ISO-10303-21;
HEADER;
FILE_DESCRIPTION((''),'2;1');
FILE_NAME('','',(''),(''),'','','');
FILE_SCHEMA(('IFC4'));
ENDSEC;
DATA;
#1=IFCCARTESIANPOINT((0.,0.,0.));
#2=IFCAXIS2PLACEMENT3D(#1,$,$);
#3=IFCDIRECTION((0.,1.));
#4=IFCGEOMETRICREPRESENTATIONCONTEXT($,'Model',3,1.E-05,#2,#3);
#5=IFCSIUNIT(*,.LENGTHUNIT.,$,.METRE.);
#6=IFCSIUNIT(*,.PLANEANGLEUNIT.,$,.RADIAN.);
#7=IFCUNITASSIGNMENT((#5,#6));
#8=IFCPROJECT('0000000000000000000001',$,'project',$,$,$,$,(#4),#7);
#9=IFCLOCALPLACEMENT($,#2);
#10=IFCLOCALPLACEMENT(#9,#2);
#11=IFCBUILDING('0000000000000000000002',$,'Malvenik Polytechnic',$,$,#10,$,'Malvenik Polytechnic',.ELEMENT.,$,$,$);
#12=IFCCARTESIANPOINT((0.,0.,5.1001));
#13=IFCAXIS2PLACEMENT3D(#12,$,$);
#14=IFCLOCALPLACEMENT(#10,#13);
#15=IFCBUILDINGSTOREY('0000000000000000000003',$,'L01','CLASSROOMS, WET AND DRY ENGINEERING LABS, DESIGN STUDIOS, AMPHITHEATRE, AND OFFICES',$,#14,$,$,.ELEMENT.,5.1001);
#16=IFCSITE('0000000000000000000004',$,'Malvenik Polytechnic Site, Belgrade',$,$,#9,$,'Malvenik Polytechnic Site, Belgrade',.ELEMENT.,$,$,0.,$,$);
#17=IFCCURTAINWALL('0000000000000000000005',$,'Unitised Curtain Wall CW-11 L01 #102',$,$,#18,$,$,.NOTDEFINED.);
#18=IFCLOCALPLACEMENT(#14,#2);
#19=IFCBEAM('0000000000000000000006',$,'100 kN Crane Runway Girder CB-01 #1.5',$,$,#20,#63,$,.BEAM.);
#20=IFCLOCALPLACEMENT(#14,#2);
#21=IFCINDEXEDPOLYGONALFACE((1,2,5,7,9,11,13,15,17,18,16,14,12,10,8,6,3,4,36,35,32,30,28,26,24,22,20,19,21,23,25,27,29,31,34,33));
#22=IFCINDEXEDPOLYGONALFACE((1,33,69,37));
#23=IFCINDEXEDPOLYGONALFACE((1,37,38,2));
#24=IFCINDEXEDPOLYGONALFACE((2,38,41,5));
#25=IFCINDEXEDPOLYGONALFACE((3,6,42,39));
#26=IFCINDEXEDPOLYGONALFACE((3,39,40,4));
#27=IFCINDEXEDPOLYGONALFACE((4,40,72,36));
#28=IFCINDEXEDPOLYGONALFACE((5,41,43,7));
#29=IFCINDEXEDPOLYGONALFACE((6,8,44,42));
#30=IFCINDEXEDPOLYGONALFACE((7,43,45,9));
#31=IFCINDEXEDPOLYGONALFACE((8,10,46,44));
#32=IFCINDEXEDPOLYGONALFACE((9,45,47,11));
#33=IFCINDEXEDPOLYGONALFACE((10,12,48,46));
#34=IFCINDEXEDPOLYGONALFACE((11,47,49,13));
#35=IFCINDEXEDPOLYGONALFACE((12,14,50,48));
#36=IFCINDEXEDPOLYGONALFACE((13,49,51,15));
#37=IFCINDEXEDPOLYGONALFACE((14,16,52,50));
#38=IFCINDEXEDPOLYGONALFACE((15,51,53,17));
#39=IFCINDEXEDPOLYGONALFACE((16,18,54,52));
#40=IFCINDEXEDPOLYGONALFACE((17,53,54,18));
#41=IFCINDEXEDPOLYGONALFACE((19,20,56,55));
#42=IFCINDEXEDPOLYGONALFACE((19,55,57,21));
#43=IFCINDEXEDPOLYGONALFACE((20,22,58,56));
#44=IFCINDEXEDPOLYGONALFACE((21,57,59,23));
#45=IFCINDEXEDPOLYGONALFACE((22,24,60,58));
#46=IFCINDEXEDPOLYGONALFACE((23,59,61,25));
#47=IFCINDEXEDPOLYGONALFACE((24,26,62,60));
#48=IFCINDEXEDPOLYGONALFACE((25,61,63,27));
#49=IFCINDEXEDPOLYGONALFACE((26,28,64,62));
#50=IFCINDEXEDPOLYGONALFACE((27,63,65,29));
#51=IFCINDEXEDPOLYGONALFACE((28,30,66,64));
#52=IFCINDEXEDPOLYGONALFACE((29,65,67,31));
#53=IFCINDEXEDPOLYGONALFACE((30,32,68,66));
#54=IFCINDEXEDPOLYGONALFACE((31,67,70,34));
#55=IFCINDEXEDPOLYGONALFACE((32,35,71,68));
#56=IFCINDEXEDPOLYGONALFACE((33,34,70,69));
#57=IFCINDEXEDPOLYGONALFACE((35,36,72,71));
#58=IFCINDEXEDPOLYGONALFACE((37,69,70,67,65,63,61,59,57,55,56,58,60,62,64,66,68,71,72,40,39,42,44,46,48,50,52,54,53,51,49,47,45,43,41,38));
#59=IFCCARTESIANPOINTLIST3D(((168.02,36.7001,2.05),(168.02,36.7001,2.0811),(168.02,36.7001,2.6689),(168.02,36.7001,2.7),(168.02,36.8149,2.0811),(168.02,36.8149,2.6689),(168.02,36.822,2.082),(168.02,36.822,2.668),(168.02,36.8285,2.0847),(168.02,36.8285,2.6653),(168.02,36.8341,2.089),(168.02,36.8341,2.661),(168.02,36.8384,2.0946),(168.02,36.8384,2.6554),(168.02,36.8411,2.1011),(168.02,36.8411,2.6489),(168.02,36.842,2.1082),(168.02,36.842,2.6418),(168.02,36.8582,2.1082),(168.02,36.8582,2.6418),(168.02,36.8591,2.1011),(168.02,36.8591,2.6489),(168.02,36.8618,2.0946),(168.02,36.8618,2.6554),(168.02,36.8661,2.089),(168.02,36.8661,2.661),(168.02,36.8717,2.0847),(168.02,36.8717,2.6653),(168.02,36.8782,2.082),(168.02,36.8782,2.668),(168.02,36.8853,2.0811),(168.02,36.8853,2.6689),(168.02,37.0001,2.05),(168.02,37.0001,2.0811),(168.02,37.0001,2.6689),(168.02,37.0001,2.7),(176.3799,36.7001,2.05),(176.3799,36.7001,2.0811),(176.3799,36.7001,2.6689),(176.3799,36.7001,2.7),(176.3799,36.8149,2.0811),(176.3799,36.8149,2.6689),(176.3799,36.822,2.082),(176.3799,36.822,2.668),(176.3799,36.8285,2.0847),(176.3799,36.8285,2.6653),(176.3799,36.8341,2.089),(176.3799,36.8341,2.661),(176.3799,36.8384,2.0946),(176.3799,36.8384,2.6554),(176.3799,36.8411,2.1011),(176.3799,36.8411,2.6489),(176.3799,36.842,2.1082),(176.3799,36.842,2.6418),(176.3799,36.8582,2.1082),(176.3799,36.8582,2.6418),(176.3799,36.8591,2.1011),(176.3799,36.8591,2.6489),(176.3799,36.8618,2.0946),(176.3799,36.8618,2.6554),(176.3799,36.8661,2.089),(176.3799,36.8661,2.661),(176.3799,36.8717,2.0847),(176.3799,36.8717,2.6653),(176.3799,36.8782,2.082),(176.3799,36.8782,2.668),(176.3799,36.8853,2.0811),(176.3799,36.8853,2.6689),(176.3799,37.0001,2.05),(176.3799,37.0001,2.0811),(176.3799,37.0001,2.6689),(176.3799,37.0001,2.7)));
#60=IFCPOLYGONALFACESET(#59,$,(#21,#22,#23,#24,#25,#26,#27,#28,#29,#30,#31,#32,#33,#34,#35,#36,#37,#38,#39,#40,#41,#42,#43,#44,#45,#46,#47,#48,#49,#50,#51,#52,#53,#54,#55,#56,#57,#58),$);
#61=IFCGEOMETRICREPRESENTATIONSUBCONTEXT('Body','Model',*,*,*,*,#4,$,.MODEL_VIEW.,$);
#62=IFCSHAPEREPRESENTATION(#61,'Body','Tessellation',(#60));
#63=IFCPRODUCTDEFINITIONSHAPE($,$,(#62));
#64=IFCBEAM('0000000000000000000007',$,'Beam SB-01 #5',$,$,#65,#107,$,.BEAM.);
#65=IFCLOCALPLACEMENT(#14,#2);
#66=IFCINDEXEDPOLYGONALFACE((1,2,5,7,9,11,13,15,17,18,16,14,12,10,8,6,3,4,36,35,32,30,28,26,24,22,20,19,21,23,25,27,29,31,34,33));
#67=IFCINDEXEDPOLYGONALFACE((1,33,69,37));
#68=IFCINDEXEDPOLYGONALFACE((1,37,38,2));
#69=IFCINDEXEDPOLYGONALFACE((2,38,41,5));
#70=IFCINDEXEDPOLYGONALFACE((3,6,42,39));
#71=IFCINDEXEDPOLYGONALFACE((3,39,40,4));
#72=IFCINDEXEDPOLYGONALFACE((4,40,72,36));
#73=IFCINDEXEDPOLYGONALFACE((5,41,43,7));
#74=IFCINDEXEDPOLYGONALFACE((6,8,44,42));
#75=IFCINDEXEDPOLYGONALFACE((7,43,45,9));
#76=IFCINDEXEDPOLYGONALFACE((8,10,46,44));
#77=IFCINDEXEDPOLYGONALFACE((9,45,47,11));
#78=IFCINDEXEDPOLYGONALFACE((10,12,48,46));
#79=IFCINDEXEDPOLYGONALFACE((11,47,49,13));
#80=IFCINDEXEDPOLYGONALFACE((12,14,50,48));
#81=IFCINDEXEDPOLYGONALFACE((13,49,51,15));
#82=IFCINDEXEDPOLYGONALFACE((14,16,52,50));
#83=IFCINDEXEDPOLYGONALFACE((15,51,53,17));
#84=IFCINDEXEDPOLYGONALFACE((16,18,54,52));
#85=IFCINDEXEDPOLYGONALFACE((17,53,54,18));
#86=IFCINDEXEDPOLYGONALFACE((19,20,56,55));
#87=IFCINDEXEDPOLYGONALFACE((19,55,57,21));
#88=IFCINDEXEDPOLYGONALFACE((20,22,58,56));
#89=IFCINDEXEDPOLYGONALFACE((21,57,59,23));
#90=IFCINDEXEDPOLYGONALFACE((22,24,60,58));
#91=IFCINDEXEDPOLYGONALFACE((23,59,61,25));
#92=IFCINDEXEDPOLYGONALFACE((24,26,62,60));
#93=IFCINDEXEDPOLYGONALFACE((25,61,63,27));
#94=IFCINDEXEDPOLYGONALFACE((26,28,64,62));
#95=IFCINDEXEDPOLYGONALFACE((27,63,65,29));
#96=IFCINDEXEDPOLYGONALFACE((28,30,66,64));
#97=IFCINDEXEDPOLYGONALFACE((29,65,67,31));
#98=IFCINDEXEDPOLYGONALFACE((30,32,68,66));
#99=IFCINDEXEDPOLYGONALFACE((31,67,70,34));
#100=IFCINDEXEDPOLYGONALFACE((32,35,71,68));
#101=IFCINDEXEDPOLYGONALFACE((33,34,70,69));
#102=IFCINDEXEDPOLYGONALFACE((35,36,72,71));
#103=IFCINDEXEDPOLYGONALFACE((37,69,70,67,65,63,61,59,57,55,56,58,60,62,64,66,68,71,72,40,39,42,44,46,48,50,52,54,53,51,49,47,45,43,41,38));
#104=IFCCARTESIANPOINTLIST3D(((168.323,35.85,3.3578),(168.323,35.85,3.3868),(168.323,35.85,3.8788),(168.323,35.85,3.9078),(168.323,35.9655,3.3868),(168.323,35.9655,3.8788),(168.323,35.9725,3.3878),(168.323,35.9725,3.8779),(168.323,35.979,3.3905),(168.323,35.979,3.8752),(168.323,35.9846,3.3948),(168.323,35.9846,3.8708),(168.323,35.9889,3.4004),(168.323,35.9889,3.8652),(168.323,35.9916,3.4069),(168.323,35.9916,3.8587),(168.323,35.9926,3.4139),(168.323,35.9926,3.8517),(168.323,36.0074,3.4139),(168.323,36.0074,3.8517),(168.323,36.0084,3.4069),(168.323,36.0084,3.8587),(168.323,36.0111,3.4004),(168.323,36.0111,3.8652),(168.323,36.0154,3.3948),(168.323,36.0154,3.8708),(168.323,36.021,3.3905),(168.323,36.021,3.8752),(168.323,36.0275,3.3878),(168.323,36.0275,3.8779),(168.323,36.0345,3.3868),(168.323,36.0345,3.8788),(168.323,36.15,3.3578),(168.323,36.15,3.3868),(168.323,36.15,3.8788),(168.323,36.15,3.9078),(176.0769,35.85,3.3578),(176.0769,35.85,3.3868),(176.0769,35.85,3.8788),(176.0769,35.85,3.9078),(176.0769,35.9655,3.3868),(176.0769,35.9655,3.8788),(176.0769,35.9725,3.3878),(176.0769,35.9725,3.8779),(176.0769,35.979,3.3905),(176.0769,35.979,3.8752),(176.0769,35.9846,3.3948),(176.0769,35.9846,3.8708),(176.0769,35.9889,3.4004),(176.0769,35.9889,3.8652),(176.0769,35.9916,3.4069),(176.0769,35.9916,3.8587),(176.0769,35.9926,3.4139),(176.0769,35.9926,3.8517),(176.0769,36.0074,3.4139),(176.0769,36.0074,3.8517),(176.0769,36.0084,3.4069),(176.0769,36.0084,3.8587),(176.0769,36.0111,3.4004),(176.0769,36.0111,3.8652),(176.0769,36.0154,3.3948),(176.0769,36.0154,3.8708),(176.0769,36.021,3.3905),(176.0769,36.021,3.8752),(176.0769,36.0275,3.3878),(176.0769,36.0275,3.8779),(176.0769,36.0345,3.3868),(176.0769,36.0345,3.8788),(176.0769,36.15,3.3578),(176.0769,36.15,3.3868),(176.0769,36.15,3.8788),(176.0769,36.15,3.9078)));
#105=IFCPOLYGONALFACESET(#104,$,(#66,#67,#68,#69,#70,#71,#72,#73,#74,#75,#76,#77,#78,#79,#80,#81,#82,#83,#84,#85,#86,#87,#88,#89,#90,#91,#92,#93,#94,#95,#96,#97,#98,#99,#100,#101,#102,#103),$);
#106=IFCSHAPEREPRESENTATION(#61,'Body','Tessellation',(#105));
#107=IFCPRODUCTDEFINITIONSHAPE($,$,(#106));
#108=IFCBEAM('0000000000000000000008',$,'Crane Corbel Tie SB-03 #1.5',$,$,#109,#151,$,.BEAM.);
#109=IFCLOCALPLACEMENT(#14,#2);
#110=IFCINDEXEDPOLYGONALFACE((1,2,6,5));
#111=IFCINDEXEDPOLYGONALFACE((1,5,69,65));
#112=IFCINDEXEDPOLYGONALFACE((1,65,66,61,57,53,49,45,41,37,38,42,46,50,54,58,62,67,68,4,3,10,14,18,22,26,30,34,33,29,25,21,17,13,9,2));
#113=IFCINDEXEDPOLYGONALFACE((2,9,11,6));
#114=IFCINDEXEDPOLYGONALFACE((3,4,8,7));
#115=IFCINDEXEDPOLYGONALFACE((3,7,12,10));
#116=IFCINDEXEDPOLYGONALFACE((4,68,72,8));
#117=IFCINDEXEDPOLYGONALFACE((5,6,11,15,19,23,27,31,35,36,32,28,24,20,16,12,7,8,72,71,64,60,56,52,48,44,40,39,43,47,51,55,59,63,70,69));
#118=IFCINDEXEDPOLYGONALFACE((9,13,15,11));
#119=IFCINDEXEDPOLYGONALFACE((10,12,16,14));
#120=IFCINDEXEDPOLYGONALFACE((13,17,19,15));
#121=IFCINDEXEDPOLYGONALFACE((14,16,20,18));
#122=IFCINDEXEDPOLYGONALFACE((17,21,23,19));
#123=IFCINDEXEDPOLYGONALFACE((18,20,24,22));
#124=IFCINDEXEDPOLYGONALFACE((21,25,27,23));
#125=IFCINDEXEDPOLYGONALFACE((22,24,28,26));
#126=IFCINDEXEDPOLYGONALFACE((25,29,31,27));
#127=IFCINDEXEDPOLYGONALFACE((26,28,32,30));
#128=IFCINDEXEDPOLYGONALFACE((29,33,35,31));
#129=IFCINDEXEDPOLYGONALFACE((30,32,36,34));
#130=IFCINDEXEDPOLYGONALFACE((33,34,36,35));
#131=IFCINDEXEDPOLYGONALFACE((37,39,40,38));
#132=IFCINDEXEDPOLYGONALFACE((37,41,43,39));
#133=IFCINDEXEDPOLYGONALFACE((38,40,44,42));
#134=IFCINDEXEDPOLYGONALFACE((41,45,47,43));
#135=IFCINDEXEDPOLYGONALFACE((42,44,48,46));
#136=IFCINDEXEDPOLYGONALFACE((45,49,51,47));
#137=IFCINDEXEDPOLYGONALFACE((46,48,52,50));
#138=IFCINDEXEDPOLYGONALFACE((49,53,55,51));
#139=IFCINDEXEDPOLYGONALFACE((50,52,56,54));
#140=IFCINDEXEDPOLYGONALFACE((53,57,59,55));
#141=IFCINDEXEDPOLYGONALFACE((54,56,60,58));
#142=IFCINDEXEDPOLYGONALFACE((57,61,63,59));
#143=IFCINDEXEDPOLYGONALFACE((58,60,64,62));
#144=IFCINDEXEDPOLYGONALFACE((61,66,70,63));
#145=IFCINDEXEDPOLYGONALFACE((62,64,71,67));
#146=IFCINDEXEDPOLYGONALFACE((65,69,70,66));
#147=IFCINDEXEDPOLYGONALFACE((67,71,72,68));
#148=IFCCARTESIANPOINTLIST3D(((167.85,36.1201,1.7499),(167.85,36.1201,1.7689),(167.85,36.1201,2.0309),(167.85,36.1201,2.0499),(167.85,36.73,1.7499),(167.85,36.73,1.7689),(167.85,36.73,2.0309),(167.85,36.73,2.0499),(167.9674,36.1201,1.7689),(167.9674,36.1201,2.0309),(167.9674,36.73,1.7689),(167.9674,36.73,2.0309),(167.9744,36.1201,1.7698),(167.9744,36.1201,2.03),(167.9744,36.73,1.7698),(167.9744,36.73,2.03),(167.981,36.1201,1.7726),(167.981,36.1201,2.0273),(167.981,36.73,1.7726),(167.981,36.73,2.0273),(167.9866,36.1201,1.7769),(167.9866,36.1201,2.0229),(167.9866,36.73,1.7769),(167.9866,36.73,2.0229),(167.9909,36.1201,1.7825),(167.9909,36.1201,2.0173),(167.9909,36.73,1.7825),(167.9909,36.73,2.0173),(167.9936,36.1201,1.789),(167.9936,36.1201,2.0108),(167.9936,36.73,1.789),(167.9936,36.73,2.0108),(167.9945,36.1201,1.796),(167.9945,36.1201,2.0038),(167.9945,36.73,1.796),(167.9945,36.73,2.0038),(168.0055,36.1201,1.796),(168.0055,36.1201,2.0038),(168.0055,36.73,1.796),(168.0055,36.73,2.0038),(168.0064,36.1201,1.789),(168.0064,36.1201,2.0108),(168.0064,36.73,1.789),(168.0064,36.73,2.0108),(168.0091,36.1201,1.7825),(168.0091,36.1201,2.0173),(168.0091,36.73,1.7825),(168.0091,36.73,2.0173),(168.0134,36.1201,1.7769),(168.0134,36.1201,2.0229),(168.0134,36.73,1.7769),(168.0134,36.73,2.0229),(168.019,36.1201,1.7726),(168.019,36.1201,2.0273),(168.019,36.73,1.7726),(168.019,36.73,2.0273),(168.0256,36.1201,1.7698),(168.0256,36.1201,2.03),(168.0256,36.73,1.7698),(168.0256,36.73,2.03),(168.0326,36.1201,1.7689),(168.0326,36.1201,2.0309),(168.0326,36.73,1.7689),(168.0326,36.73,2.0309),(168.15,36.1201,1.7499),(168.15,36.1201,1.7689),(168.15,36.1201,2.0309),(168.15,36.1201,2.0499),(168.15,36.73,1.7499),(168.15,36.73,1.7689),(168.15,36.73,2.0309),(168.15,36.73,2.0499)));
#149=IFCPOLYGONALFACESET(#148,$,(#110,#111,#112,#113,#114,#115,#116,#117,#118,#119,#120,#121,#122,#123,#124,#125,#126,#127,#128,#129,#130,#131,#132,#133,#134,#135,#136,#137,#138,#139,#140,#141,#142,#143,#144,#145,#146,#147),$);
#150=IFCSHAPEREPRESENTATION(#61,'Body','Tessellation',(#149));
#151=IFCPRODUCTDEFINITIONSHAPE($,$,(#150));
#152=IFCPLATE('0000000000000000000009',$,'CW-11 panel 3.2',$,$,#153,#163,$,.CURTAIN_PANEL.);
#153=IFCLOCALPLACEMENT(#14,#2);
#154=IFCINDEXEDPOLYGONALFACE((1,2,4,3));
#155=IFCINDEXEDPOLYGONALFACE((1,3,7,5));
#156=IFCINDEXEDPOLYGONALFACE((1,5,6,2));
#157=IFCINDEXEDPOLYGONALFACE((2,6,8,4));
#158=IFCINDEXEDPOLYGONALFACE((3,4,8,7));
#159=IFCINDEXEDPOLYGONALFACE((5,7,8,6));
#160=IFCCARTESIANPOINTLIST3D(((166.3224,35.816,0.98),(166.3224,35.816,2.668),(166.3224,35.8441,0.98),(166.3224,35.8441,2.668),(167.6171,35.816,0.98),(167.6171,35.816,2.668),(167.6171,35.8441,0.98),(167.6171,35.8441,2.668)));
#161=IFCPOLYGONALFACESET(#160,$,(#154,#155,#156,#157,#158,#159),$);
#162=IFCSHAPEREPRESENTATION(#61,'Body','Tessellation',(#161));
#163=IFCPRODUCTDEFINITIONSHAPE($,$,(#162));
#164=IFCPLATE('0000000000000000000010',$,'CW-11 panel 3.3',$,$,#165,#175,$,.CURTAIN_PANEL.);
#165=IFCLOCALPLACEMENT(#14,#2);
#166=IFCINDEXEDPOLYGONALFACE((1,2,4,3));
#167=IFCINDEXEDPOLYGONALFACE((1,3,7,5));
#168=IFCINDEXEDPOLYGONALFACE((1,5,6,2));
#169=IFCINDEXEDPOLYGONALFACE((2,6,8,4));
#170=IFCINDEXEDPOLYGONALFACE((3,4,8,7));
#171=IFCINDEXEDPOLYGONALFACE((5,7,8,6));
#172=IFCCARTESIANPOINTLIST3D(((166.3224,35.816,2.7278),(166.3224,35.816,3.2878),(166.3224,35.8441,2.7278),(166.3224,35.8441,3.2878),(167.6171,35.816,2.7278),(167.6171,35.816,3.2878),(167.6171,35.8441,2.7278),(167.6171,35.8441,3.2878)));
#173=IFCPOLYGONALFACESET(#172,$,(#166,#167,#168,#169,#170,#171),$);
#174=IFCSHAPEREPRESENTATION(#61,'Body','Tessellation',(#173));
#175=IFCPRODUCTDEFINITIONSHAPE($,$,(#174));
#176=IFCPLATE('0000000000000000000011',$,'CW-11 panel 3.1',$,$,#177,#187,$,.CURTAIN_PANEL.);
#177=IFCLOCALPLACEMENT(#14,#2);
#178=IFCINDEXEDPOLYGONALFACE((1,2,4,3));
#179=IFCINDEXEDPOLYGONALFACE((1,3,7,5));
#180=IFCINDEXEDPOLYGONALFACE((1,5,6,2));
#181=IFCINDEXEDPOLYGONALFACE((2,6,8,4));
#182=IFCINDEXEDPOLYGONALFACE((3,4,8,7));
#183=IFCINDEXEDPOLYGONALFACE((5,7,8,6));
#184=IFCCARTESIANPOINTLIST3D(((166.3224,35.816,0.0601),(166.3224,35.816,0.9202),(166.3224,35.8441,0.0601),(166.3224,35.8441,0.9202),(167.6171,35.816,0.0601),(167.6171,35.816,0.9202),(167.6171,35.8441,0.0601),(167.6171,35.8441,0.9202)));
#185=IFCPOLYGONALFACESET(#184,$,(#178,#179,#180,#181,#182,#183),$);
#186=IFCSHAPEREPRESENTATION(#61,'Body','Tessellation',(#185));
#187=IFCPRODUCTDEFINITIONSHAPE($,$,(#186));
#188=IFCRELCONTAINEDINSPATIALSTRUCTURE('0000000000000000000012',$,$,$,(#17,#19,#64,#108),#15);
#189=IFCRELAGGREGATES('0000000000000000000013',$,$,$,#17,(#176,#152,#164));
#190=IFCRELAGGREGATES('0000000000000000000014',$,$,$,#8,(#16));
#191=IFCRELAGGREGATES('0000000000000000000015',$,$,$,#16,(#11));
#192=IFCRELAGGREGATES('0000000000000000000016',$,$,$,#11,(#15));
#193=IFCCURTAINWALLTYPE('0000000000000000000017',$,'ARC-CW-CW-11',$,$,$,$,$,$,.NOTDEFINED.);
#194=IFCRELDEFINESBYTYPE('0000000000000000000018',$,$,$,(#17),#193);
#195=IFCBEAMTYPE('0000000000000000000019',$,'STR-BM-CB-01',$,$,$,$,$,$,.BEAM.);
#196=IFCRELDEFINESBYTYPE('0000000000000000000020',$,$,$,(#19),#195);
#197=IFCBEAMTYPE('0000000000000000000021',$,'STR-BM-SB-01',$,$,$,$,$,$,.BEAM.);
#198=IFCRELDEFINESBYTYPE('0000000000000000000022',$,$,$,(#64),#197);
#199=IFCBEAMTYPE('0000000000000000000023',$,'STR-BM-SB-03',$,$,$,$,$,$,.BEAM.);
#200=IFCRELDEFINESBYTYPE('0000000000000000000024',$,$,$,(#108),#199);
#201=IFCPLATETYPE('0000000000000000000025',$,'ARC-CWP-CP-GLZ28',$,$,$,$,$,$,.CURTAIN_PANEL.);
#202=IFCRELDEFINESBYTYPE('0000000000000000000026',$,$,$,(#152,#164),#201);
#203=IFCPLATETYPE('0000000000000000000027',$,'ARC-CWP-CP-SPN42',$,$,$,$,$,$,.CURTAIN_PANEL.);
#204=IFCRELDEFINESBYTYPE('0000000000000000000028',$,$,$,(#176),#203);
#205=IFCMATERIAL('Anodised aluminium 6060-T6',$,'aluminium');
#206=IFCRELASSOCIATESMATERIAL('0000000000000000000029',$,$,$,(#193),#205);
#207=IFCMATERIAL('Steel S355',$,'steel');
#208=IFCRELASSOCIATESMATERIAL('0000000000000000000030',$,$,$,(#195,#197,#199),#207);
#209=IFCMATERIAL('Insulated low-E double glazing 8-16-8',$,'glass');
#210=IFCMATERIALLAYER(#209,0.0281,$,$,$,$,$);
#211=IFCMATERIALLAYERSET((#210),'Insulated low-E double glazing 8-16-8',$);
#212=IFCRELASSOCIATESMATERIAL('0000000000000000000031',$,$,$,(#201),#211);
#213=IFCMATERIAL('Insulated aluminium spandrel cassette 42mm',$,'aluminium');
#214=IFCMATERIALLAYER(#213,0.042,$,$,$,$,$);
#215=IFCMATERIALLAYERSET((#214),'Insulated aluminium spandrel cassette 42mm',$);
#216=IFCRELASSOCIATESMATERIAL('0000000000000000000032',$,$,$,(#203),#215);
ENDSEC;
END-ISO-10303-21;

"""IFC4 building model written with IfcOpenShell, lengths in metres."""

from ifc_helpers import new_model, si_unit, direction, frame, origin, origin_2d, place, context, subcontext, project, spatial, rectangle, i_section, extrude, material, layer, layer_set, material_profile, profile_set, type_object, element, aggregate, save


model = new_model("IFC4")

# Units and contexts
model_context = context("Model", 3, precision=1e-05, world=origin(), true_north=direction((0.0, 1.0)))
body_context = subcontext(model_context, "Body", "Model", "MODEL_VIEW")
ifc_project = project(units=[si_unit("LENGTHUNIT", "METRE"), si_unit("PLANEANGLEUNIT", "RADIAN")], contexts=[model_context])

# Site, building, storey
site_placement = place(None, origin())
site = spatial("IfcSite", under=ifc_project, at=site_placement, Name="Malvenik Polytechnic Site, Belgrade", LongName="Malvenik Polytechnic Site, Belgrade", CompositionType="ELEMENT", RefElevation=0.0)
building_placement = place(site_placement, origin())
building = spatial("IfcBuilding", under=site, at=building_placement, Name="Malvenik Polytechnic", LongName="Malvenik Polytechnic", CompositionType="ELEMENT")
storey_placement = place(building_placement, frame((0.0, 0.0, 5.1001)))
storey = spatial("IfcBuildingStorey", under=building, at=storey_placement, Name="L01", Description="CLASSROOMS, WET AND DRY ENGINEERING LABS, DESIGN STUDIOS, AMPHITHEATRE, AND OFFICES", CompositionType="ELEMENT", Elevation=5.1001)

# Shared definitions
ifc_material_1 = material(Name="Anodised aluminium 6060-T6", Category="aluminium")

# Curtain wall
curtain_wall_type_1 = type_object("IfcCurtainWallType", Name="ARC-CW-CW-11", PredefinedType="NOTDEFINED", material=ifc_material_1)
curtain_wall_1_placement = place(storey_placement, origin())
curtain_wall_1 = element("IfcCurtainWall", 1, at=curtain_wall_1_placement, inside=storey, type_object=curtain_wall_type_1, Name="Unitised Curtain Wall CW-11 L01 #102", PredefinedType="NOTDEFINED")

# Beams
ifc_material_2 = material(Name="Steel S355", Category="steel")
ifc_material_profile_1 = material_profile(ifc_material_2, i_section(OverallWidth=0.3, OverallDepth=0.6499, WebThickness=0.0161, FlangeThickness=0.031, FilletRadius=0.0271, at=origin_2d()), Name="HEB 650")
ifc_profile_set_1 = profile_set([ifc_material_profile_1], Name="Steel S355")
beam_type_1 = type_object("IfcBeamType", Name="STR-BM-CB-01", PredefinedType="BEAM", material=ifc_profile_set_1)
beam_1_placement = place(storey_placement, frame((168.02, 36.8501, 2.375), z_axis=(1.0, 0.0, 0.0), x_axis=(0.0, 1.0, 0.0)))
element("IfcBeam", 2, at=beam_1_placement, inside=storey, type_object=beam_type_1, Name="100 kN Crane Runway Girder CB-01 #1.5", PredefinedType="BEAM", context=body_context, shape_type="SweptSolid", body=[
    extrude(i_section(OverallWidth=0.3, OverallDepth=0.6499, WebThickness=0.0161, FlangeThickness=0.031, FilletRadius=0.0271, at=origin_2d()), origin(), (0.0, 0.0, 1.0), 8.3599),
])
ifc_material_profile_2 = material_profile(ifc_material_2, i_section(OverallWidth=0.3, OverallDepth=0.55, WebThickness=0.0149, FlangeThickness=0.0291, FilletRadius=0.0271, at=origin_2d()), Name="HEB 550")
ifc_profile_set_2 = profile_set([ifc_material_profile_2], Name="Steel S355")
beam_type_2 = type_object("IfcBeamType", Name="STR-BM-SB-01", PredefinedType="BEAM", material=ifc_profile_set_2)
beam_2_placement = place(storey_placement, frame((168.323, 36.0, 3.6328), z_axis=(1.0, 0.0, 0.0), x_axis=(0.0, 1.0, 0.0)))
element("IfcBeam", 3, at=beam_2_placement, inside=storey, type_object=beam_type_2, Name="Beam SB-01 #5", PredefinedType="BEAM", context=body_context, shape_type="SweptSolid", body=[
    extrude(i_section(OverallWidth=0.3, OverallDepth=0.55, WebThickness=0.0149, FlangeThickness=0.0291, FilletRadius=0.0271, at=origin_2d()), origin(), (0.0, 0.0, 1.0), 7.7539),
])
ifc_material_profile_3 = material_profile(ifc_material_2, i_section(OverallWidth=0.3, OverallDepth=0.3, WebThickness=0.011, FlangeThickness=0.019, FilletRadius=0.0271, at=origin_2d()), Name="HEB 300")
ifc_profile_set_3 = profile_set([ifc_material_profile_3], Name="Steel S355")
beam_type_3 = type_object("IfcBeamType", Name="STR-BM-SB-03", PredefinedType="BEAM", material=ifc_profile_set_3)
beam_3_placement = place(storey_placement, frame((168.0, 36.1201, 1.8999), z_axis=(0.0, 1.0, 0.0), x_axis=(-1.0, 0.0, 0.0)))
element("IfcBeam", 4, at=beam_3_placement, inside=storey, type_object=beam_type_3, Name="Crane Corbel Tie SB-03 #1.5", PredefinedType="BEAM", context=body_context, shape_type="SweptSolid", body=[
    extrude(i_section(OverallWidth=0.3, OverallDepth=0.3, WebThickness=0.011, FlangeThickness=0.019, FilletRadius=0.0271, at=origin_2d()), origin(), (0.0, 0.0, 1.0), 0.6099),
])

# Plates
ifc_material_3 = material(Name="Insulated low-E double glazing 8-16-8", Category="glass")
ifc_layer_1 = layer(ifc_material_3, 0.0281)
ifc_layer_set_1 = layer_set([ifc_layer_1], Name="Insulated low-E double glazing 8-16-8")
plate_type_1 = type_object("IfcPlateType", Name="ARC-CWP-CP-GLZ28", PredefinedType="CURTAIN_PANEL", material=ifc_layer_set_1)
plate_1_placement = place(storey_placement, frame((166.9697, 35.8301, 0.98), z_axis=(0.0, 0.0, 1.0), x_axis=(1.0, 0.0, 0.0)))
plate_1 = element("IfcPlate", 5, at=plate_1_placement, type_object=plate_type_1, Name="CW-11 panel 3.2", PredefinedType="CURTAIN_PANEL", context=body_context, shape_type="SweptSolid", body=[
    extrude(rectangle(XDim=1.2947, YDim=0.0281, at=origin_2d()), origin(), (0.0, 0.0, 1.0), 1.688),
])
plate_2_placement = place(storey_placement, frame((166.9697, 35.8301, 2.7278), z_axis=(0.0, 0.0, 1.0), x_axis=(1.0, 0.0, 0.0)))
plate_2 = element("IfcPlate", 6, at=plate_2_placement, type_object=plate_type_1, Name="CW-11 panel 3.3", PredefinedType="CURTAIN_PANEL", context=body_context, shape_type="SweptSolid", body=[
    extrude(rectangle(XDim=1.2947, YDim=0.0281, at=origin_2d()), origin(), (0.0, 0.0, 1.0), 0.5601),
])
ifc_material_4 = material(Name="Insulated aluminium spandrel cassette 42mm", Category="aluminium")
ifc_layer_2 = layer(ifc_material_4, 0.042)
ifc_layer_set_2 = layer_set([ifc_layer_2], Name="Insulated aluminium spandrel cassette 42mm")
plate_type_2 = type_object("IfcPlateType", Name="ARC-CWP-CP-SPN42", PredefinedType="CURTAIN_PANEL", material=ifc_layer_set_2)
plate_3_placement = place(storey_placement, frame((166.9697, 35.8301, 0.0601), z_axis=(0.0, 0.0, 1.0), x_axis=(1.0, 0.0, 0.0)))
plate_3 = element("IfcPlate", 7, at=plate_3_placement, type_object=plate_type_2, Name="CW-11 panel 3.1", PredefinedType="CURTAIN_PANEL", context=body_context, shape_type="SweptSolid", body=[
    extrude(rectangle(XDim=1.2947, YDim=0.0281, at=origin_2d()), origin(), (0.0, 0.0, 1.0), 0.8601),
])
aggregate(curtain_wall_1, [plate_3, plate_1, plate_2])

save(model, "model.ifc")
